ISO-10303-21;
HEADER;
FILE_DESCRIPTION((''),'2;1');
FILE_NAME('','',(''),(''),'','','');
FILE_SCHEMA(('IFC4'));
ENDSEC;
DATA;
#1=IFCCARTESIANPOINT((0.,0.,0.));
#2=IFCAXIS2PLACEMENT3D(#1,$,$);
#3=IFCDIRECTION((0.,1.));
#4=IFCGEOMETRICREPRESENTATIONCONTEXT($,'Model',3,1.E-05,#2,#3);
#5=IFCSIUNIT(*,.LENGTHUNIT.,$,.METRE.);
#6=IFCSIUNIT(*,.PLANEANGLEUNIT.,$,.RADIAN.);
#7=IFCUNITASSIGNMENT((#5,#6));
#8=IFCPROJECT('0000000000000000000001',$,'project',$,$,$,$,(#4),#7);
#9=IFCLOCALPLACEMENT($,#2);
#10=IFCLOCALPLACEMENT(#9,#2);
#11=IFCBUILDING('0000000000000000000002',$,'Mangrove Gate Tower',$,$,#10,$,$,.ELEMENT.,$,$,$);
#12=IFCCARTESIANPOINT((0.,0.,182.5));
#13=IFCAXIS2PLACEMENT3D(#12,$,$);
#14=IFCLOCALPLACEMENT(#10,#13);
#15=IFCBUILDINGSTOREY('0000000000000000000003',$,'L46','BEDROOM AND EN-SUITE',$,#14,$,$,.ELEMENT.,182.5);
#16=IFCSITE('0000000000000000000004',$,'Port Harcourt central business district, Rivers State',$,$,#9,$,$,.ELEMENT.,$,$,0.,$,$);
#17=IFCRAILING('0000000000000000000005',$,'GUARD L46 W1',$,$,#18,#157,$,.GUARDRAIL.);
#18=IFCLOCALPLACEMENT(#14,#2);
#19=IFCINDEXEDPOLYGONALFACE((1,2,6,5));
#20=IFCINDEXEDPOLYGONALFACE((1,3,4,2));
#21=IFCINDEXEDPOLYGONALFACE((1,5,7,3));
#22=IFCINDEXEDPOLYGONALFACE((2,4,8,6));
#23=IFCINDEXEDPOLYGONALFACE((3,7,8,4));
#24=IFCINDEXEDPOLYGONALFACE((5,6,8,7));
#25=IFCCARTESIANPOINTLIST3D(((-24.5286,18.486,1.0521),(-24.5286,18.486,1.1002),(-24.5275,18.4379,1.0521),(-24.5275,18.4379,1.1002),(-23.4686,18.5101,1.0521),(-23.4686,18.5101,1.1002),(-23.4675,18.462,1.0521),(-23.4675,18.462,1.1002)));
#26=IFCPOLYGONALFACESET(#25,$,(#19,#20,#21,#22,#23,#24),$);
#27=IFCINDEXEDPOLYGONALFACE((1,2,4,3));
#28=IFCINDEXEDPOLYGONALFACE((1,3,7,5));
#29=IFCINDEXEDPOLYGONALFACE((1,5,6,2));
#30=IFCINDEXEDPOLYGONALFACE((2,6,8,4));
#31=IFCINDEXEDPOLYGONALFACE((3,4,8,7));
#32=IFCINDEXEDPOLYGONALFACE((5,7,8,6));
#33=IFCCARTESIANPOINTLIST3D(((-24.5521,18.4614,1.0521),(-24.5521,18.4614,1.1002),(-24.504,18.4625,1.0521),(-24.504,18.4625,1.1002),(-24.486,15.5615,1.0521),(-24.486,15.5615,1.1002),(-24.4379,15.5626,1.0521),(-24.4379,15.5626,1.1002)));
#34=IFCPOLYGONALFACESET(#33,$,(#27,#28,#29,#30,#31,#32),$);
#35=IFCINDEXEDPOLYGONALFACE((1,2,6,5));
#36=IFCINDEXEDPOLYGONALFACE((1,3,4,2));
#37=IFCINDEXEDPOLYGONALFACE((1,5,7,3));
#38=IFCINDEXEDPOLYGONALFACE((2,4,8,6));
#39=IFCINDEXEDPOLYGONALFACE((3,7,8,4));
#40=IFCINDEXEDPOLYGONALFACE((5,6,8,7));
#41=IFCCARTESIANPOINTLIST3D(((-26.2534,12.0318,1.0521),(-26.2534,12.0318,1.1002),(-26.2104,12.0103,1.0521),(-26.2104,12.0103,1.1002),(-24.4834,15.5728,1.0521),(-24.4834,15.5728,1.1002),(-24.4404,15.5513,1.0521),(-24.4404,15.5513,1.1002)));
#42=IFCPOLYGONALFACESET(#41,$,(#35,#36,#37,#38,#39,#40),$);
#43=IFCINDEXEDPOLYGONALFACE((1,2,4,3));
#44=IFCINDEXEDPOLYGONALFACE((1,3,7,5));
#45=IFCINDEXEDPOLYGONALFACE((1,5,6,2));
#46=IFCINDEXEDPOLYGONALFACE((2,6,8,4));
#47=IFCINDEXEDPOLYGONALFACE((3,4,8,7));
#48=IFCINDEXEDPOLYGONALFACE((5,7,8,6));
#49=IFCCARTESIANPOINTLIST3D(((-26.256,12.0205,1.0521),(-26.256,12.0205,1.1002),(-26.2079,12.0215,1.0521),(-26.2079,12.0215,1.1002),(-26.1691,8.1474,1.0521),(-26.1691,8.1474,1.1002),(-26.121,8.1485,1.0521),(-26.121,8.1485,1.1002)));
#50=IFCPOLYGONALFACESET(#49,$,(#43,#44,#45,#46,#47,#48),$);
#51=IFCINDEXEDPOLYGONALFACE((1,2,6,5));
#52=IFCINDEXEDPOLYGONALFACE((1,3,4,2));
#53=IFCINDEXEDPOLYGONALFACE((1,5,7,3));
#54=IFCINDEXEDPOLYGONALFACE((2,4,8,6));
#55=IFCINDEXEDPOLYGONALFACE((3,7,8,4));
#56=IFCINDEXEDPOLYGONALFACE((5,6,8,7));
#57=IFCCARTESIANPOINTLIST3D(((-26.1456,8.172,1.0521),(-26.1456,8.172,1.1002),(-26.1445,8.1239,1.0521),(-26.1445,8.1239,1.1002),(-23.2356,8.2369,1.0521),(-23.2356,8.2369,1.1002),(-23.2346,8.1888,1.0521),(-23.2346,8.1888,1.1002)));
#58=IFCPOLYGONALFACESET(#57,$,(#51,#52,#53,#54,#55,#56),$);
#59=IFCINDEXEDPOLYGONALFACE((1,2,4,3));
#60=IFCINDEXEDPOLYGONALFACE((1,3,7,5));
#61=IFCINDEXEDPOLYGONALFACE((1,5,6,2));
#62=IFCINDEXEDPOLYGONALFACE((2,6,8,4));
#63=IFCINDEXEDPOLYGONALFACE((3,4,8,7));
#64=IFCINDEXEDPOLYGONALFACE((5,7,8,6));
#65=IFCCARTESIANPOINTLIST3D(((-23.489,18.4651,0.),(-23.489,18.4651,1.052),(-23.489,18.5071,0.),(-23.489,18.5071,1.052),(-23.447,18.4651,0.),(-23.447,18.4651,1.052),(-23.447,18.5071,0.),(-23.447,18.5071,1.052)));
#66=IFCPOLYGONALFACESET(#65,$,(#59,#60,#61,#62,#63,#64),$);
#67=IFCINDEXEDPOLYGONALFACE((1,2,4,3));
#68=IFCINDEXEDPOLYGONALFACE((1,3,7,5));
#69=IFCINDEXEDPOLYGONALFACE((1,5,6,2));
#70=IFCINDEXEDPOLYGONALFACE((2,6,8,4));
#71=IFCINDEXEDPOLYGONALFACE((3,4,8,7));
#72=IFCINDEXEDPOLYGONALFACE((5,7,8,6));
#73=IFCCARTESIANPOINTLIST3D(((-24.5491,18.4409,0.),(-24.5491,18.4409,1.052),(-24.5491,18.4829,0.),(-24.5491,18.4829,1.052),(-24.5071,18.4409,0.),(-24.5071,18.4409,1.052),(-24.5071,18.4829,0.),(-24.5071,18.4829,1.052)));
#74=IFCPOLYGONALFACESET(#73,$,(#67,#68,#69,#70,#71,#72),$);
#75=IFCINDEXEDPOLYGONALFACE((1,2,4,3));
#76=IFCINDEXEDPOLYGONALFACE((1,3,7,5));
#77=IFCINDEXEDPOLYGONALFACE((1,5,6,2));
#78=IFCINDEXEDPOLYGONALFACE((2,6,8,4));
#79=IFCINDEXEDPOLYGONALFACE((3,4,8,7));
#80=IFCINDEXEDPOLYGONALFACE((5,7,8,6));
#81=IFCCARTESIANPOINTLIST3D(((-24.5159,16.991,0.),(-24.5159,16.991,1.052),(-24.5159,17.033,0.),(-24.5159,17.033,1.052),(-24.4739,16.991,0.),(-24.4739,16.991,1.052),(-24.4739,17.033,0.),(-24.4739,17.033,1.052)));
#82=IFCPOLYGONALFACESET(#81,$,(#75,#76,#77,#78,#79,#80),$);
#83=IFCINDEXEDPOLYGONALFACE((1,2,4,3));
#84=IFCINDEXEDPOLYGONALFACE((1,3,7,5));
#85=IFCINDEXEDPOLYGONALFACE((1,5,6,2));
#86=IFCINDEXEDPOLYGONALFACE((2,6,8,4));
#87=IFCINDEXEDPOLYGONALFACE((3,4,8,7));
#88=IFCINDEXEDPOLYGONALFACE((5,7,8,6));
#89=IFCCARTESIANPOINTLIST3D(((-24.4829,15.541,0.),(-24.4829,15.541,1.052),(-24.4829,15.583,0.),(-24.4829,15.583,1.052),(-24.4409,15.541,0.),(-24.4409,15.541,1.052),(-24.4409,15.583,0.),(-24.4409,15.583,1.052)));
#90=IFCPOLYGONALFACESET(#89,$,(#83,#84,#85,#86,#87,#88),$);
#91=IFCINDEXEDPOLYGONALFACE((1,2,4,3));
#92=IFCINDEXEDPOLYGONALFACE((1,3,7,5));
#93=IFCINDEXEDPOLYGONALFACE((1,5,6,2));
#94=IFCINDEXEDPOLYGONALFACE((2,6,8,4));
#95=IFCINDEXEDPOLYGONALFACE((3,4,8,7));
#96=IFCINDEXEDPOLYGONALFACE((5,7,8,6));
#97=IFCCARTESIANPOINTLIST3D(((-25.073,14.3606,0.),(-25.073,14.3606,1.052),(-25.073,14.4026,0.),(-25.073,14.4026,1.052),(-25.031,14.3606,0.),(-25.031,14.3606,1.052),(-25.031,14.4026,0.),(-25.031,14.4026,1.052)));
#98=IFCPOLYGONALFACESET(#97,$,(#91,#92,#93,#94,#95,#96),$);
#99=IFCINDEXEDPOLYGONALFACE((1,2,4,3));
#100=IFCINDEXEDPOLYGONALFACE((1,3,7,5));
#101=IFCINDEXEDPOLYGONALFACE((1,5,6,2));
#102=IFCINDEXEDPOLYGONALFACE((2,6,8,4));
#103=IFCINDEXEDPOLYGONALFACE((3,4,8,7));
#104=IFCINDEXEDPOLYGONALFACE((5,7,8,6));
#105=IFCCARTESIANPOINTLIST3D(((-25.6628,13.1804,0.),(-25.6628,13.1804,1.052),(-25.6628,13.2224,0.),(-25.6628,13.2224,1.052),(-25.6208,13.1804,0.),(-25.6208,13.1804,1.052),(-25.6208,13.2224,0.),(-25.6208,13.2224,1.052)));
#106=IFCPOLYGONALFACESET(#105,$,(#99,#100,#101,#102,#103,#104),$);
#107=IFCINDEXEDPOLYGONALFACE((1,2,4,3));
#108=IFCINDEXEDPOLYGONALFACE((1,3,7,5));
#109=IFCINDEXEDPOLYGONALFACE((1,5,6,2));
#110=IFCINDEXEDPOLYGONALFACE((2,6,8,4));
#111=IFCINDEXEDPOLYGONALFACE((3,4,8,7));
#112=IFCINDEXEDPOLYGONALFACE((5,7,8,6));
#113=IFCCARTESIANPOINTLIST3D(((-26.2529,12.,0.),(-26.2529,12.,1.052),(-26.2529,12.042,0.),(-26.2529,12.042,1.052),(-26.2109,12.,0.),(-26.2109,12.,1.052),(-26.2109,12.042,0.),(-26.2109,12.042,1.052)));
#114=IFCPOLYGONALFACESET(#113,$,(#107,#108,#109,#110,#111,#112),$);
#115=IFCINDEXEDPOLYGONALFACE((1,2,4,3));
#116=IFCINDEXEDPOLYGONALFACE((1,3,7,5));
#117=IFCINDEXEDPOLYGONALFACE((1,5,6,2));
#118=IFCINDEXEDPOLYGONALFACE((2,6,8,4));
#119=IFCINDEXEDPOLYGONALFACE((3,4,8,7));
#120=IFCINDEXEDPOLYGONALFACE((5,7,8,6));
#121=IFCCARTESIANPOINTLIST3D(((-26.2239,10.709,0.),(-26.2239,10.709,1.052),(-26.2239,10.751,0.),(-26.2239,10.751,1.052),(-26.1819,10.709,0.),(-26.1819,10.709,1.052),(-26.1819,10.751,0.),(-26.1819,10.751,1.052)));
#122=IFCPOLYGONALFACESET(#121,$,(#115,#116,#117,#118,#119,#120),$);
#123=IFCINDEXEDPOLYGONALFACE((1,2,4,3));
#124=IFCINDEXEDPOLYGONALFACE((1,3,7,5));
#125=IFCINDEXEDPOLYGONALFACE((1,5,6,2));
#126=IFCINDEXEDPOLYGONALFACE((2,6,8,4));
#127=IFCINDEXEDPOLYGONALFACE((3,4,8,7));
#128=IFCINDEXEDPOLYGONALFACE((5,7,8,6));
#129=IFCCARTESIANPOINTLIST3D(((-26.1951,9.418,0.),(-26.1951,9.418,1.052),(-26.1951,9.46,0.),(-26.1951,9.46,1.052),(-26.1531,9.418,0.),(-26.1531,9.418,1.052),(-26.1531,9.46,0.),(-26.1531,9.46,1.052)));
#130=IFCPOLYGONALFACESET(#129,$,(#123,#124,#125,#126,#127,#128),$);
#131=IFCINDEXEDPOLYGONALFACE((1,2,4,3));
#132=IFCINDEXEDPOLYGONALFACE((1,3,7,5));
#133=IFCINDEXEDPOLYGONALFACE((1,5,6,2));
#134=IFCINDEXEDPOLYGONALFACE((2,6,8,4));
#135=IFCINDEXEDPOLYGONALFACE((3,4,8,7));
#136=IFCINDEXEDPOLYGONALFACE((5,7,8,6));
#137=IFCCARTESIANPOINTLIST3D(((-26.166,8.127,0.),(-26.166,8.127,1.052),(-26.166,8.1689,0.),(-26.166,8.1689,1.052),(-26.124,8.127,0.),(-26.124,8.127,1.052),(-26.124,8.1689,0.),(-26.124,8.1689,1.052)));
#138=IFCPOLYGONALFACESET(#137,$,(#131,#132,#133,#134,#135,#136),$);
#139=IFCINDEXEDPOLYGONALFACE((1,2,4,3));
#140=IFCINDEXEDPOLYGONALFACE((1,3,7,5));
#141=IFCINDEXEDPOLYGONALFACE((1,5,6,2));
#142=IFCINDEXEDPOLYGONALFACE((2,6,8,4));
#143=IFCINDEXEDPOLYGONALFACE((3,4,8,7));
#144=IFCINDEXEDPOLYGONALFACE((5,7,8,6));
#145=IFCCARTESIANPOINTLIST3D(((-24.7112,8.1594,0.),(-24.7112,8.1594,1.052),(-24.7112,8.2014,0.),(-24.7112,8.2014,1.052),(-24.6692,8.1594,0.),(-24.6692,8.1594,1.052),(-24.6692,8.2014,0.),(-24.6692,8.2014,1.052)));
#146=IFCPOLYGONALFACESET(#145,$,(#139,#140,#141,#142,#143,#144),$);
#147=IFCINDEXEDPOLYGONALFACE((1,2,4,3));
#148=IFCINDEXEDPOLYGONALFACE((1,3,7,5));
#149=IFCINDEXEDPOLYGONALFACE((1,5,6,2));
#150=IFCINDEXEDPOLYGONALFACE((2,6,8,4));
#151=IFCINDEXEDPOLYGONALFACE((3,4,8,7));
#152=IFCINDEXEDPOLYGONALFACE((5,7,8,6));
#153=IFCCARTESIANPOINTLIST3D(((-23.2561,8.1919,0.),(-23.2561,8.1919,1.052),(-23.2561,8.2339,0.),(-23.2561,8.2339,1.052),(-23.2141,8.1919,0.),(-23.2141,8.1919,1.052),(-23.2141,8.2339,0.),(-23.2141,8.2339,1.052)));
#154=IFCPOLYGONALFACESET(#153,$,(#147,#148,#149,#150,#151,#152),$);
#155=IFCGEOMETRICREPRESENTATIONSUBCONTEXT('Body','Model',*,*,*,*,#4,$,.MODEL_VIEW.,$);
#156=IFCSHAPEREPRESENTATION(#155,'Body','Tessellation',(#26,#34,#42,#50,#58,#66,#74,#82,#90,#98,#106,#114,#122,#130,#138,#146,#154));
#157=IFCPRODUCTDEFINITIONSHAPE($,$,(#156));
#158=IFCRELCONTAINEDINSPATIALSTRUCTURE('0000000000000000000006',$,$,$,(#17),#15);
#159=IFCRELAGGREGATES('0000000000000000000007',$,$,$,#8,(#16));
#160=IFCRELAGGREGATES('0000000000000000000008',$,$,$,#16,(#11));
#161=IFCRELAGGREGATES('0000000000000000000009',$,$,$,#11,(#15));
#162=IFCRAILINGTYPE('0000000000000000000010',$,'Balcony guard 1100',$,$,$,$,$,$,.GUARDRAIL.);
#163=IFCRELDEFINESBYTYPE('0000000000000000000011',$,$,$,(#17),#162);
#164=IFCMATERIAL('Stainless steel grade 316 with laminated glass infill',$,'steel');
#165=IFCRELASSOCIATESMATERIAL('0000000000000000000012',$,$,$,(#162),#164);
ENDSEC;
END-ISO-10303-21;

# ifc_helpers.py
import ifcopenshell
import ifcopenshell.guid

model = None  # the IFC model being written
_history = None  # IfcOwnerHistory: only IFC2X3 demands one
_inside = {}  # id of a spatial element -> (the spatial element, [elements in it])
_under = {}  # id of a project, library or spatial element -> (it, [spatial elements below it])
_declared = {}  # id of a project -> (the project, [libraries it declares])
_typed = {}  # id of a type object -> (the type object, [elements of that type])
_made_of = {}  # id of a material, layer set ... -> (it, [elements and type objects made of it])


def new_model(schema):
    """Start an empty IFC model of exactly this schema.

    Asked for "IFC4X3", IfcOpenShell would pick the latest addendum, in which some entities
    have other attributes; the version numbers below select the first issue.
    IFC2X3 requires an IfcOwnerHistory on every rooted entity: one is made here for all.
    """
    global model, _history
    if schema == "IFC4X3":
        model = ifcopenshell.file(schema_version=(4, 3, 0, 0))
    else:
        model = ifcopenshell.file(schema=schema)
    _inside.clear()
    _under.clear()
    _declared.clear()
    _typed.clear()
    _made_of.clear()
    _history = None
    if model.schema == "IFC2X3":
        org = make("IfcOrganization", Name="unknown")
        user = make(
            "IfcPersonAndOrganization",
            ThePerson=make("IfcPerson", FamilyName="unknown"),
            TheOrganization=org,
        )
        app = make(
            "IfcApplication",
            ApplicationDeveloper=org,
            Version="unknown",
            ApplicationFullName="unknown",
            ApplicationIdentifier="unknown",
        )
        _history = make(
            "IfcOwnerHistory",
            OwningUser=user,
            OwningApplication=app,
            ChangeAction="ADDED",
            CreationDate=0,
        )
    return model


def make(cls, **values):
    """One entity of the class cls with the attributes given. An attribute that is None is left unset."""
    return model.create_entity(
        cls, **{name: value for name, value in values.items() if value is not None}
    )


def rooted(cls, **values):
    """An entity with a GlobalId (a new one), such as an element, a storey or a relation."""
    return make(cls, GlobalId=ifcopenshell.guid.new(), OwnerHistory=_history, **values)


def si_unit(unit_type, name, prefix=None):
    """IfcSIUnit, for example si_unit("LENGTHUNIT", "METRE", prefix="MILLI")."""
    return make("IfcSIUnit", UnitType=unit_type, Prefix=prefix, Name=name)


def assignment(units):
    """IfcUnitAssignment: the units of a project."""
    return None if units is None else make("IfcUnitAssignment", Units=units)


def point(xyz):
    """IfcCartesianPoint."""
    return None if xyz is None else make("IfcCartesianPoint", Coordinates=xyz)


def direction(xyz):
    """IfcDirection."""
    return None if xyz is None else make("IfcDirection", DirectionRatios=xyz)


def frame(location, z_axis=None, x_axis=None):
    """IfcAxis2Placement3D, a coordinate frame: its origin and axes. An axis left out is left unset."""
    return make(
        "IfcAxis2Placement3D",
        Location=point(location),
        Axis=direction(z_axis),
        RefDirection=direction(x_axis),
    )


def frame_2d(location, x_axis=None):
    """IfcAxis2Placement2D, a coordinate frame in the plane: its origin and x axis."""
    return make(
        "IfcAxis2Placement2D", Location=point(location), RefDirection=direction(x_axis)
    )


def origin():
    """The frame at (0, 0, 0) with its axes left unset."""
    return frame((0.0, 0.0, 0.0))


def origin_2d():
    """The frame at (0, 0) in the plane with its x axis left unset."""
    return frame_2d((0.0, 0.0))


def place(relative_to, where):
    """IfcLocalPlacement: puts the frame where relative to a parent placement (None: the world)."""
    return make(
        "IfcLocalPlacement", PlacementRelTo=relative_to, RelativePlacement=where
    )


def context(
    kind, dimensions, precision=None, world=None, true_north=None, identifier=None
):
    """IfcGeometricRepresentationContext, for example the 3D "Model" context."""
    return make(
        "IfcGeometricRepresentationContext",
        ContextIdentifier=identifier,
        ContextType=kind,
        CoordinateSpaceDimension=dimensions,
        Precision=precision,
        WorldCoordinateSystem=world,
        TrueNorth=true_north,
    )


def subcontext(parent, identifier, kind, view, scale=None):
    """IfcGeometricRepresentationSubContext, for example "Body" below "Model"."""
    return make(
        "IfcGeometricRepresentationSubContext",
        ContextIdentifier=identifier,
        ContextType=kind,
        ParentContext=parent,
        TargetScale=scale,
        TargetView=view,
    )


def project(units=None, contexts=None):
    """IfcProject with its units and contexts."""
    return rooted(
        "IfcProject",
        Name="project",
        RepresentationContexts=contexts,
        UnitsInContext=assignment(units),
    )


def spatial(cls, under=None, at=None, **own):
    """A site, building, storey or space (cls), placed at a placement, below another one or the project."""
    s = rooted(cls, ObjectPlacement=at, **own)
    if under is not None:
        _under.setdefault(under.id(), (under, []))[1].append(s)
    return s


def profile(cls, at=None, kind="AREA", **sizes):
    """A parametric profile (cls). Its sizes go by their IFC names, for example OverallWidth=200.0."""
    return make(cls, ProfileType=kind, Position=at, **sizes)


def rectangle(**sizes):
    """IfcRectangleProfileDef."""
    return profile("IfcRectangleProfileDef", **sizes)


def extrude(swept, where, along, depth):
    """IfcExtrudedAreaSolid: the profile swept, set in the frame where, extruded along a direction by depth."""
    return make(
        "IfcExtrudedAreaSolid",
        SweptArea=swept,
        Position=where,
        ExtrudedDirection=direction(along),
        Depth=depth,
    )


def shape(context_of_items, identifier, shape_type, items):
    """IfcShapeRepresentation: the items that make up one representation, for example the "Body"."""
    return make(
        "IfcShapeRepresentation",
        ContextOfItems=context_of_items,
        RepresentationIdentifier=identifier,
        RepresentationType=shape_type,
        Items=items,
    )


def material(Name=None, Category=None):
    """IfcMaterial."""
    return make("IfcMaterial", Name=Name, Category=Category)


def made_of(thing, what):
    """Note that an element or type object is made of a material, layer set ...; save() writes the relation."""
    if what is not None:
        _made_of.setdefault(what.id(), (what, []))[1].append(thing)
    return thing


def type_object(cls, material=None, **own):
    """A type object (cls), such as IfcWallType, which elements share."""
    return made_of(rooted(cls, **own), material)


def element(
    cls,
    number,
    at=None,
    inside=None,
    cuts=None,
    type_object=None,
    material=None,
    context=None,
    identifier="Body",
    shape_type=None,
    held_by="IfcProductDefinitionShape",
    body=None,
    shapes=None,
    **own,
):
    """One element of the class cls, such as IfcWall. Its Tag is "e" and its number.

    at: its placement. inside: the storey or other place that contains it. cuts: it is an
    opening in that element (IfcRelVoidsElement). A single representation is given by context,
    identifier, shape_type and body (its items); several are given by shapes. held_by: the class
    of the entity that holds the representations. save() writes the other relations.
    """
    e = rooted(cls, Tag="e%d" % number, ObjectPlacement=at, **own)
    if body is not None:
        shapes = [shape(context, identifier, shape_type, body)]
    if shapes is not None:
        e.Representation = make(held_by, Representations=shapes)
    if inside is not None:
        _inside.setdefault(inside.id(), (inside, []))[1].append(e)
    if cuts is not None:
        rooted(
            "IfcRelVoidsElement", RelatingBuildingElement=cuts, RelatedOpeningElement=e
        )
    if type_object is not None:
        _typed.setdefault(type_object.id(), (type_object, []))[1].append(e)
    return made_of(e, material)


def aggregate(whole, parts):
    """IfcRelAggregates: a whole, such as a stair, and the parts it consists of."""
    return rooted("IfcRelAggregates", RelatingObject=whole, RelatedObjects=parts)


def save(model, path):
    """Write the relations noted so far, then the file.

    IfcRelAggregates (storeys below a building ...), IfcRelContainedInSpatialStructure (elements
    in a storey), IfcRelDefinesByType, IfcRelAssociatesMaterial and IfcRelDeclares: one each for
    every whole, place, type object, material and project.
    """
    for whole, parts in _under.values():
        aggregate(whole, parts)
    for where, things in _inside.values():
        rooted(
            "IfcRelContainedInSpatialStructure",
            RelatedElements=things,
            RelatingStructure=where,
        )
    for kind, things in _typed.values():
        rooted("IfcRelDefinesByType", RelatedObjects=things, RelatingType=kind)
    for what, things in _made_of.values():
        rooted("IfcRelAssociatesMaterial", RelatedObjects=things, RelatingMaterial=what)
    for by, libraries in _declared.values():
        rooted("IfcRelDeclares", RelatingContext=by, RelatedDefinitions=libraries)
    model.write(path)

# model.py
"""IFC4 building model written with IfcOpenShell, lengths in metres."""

from ifc_helpers import new_model, si_unit, direction, frame, origin, origin_2d, place, context, subcontext, project, spatial, rectangle, extrude, material, type_object, element, save


model = new_model("IFC4")

# Units and contexts
model_context = context("Model", 3, precision=1e-05, world=origin(), true_north=direction((0.0, 1.0)))
body_context = subcontext(model_context, "Body", "Model", "MODEL_VIEW")
ifc_project = project(units=[si_unit("LENGTHUNIT", "METRE"), si_unit("PLANEANGLEUNIT", "RADIAN")], contexts=[model_context])

# Site, building, storey
site_placement = place(None, origin())
site = spatial("IfcSite", under=ifc_project, at=site_placement, Name="Port Harcourt central business district, Rivers State", CompositionType="ELEMENT", RefElevation=0.0)
building_placement = place(site_placement, origin())
building = spatial("IfcBuilding", under=site, at=building_placement, Name="Mangrove Gate Tower", CompositionType="ELEMENT")
storey_placement = place(building_placement, frame((0.0, 0.0, 182.5)))
storey = spatial("IfcBuildingStorey", under=building, at=storey_placement, Name="L46", Description="BEDROOM AND EN-SUITE", CompositionType="ELEMENT", Elevation=182.5)

# Railing
ifc_material_1 = material(Name="Stainless steel grade 316 with laminated glass infill", Category="steel")
railing_type = type_object("IfcRailingType", Name="Balcony guard 1100", PredefinedType="GUARDRAIL", material=ifc_material_1)
railing_placement = place(storey_placement, frame((-23.468, 18.4861, 0.0)))
element("IfcRailing", 1, at=railing_placement, inside=storey, type_object=railing_type, Name="GUARD L46 W1", PredefinedType="GUARDRAIL", context=body_context, shape_type="SweptSolid", body=[
    extrude(rectangle(XDim=0.0481, YDim=0.0481, at=origin_2d()), frame((0.0, 0.0, 1.0762), z_axis=(-0.99974, -0.022795, 0.0), x_axis=(0.022795, -0.99974, 0.0)), (0.0, 0.0, 1.0), 1.0603),
    extrude(rectangle(XDim=0.0481, YDim=0.0481, at=origin_2d()), frame((-1.0601, -0.0242, 1.0762), z_axis=(0.022809, -0.99974, 0.0), x_axis=(0.99974, 0.022809, 0.0)), (0.0, 0.0, 1.0), 2.9006),
    extrude(rectangle(XDim=0.0481, YDim=0.0481, at=origin_2d()), frame((-0.9939, -2.9241, 1.0762), z_axis=(-0.447115, -0.894477, 0.0), x_axis=(0.894477, -0.447115, 0.0)), (0.0, 0.0, 1.0), 3.9587),
    extrude(rectangle(XDim=0.0481, YDim=0.0481, at=origin_2d()), frame((-2.7639, -6.4651, 1.0762), z_axis=(0.022435, -0.999748, 0.0), x_axis=(0.999748, 0.022435, 0.0)), (0.0, 0.0, 1.0), 3.874),
    extrude(rectangle(XDim=0.0481, YDim=0.0481, at=origin_2d()), frame((-2.677, -10.3381, 1.0762), z_axis=(0.999751, 0.022312, 0.0), x_axis=(-0.022312, 0.999751, 0.0)), (0.0, 0.0, 1.0), 2.9106),
    extrude(rectangle(XDim=0.042, YDim=0.042, at=origin_2d()), origin(), (0.0, 0.0, 1.0), 1.052),
    extrude(rectangle(XDim=0.042, YDim=0.042, at=origin_2d()), frame((-1.0601, -0.0242, 0.0)), (0.0, 0.0, 1.0), 1.052),
    extrude(rectangle(XDim=0.042, YDim=0.042, at=origin_2d()), frame((-1.0269, -1.4741, 0.0)), (0.0, 0.0, 1.0), 1.052),
    extrude(rectangle(XDim=0.042, YDim=0.042, at=origin_2d()), frame((-0.9939, -2.9241, 0.0)), (0.0, 0.0, 1.0), 1.052),
    extrude(rectangle(XDim=0.042, YDim=0.042, at=origin_2d()), frame((-1.584, -4.1045, 0.0)), (0.0, 0.0, 1.0), 1.052),
    extrude(rectangle(XDim=0.042, YDim=0.042, at=origin_2d()), frame((-2.1738, -5.2847, 0.0)), (0.0, 0.0, 1.0), 1.052),
    extrude(rectangle(XDim=0.042, YDim=0.042, at=origin_2d()), frame((-2.7639, -6.4651, 0.0)), (0.0, 0.0, 1.0), 1.052),
    extrude(rectangle(XDim=0.042, YDim=0.042, at=origin_2d()), frame((-2.7349, -7.7561, 0.0)), (0.0, 0.0, 1.0), 1.052),
    extrude(rectangle(XDim=0.042, YDim=0.042, at=origin_2d()), frame((-2.7061, -9.0471, 0.0)), (0.0, 0.0, 1.0), 1.052),
    extrude(rectangle(XDim=0.042, YDim=0.042, at=origin_2d()), frame((-2.677, -10.3381, 0.0)), (0.0, 0.0, 1.0), 1.052),
    extrude(rectangle(XDim=0.042, YDim=0.042, at=origin_2d()), frame((-1.2222, -10.3057, 0.0)), (0.0, 0.0, 1.0), 1.052),
    extrude(rectangle(XDim=0.042, YDim=0.042, at=origin_2d()), frame((0.2329, -10.2732, 0.0)), (0.0, 0.0, 1.0), 1.052),
])

save(model, "model.ifc")
